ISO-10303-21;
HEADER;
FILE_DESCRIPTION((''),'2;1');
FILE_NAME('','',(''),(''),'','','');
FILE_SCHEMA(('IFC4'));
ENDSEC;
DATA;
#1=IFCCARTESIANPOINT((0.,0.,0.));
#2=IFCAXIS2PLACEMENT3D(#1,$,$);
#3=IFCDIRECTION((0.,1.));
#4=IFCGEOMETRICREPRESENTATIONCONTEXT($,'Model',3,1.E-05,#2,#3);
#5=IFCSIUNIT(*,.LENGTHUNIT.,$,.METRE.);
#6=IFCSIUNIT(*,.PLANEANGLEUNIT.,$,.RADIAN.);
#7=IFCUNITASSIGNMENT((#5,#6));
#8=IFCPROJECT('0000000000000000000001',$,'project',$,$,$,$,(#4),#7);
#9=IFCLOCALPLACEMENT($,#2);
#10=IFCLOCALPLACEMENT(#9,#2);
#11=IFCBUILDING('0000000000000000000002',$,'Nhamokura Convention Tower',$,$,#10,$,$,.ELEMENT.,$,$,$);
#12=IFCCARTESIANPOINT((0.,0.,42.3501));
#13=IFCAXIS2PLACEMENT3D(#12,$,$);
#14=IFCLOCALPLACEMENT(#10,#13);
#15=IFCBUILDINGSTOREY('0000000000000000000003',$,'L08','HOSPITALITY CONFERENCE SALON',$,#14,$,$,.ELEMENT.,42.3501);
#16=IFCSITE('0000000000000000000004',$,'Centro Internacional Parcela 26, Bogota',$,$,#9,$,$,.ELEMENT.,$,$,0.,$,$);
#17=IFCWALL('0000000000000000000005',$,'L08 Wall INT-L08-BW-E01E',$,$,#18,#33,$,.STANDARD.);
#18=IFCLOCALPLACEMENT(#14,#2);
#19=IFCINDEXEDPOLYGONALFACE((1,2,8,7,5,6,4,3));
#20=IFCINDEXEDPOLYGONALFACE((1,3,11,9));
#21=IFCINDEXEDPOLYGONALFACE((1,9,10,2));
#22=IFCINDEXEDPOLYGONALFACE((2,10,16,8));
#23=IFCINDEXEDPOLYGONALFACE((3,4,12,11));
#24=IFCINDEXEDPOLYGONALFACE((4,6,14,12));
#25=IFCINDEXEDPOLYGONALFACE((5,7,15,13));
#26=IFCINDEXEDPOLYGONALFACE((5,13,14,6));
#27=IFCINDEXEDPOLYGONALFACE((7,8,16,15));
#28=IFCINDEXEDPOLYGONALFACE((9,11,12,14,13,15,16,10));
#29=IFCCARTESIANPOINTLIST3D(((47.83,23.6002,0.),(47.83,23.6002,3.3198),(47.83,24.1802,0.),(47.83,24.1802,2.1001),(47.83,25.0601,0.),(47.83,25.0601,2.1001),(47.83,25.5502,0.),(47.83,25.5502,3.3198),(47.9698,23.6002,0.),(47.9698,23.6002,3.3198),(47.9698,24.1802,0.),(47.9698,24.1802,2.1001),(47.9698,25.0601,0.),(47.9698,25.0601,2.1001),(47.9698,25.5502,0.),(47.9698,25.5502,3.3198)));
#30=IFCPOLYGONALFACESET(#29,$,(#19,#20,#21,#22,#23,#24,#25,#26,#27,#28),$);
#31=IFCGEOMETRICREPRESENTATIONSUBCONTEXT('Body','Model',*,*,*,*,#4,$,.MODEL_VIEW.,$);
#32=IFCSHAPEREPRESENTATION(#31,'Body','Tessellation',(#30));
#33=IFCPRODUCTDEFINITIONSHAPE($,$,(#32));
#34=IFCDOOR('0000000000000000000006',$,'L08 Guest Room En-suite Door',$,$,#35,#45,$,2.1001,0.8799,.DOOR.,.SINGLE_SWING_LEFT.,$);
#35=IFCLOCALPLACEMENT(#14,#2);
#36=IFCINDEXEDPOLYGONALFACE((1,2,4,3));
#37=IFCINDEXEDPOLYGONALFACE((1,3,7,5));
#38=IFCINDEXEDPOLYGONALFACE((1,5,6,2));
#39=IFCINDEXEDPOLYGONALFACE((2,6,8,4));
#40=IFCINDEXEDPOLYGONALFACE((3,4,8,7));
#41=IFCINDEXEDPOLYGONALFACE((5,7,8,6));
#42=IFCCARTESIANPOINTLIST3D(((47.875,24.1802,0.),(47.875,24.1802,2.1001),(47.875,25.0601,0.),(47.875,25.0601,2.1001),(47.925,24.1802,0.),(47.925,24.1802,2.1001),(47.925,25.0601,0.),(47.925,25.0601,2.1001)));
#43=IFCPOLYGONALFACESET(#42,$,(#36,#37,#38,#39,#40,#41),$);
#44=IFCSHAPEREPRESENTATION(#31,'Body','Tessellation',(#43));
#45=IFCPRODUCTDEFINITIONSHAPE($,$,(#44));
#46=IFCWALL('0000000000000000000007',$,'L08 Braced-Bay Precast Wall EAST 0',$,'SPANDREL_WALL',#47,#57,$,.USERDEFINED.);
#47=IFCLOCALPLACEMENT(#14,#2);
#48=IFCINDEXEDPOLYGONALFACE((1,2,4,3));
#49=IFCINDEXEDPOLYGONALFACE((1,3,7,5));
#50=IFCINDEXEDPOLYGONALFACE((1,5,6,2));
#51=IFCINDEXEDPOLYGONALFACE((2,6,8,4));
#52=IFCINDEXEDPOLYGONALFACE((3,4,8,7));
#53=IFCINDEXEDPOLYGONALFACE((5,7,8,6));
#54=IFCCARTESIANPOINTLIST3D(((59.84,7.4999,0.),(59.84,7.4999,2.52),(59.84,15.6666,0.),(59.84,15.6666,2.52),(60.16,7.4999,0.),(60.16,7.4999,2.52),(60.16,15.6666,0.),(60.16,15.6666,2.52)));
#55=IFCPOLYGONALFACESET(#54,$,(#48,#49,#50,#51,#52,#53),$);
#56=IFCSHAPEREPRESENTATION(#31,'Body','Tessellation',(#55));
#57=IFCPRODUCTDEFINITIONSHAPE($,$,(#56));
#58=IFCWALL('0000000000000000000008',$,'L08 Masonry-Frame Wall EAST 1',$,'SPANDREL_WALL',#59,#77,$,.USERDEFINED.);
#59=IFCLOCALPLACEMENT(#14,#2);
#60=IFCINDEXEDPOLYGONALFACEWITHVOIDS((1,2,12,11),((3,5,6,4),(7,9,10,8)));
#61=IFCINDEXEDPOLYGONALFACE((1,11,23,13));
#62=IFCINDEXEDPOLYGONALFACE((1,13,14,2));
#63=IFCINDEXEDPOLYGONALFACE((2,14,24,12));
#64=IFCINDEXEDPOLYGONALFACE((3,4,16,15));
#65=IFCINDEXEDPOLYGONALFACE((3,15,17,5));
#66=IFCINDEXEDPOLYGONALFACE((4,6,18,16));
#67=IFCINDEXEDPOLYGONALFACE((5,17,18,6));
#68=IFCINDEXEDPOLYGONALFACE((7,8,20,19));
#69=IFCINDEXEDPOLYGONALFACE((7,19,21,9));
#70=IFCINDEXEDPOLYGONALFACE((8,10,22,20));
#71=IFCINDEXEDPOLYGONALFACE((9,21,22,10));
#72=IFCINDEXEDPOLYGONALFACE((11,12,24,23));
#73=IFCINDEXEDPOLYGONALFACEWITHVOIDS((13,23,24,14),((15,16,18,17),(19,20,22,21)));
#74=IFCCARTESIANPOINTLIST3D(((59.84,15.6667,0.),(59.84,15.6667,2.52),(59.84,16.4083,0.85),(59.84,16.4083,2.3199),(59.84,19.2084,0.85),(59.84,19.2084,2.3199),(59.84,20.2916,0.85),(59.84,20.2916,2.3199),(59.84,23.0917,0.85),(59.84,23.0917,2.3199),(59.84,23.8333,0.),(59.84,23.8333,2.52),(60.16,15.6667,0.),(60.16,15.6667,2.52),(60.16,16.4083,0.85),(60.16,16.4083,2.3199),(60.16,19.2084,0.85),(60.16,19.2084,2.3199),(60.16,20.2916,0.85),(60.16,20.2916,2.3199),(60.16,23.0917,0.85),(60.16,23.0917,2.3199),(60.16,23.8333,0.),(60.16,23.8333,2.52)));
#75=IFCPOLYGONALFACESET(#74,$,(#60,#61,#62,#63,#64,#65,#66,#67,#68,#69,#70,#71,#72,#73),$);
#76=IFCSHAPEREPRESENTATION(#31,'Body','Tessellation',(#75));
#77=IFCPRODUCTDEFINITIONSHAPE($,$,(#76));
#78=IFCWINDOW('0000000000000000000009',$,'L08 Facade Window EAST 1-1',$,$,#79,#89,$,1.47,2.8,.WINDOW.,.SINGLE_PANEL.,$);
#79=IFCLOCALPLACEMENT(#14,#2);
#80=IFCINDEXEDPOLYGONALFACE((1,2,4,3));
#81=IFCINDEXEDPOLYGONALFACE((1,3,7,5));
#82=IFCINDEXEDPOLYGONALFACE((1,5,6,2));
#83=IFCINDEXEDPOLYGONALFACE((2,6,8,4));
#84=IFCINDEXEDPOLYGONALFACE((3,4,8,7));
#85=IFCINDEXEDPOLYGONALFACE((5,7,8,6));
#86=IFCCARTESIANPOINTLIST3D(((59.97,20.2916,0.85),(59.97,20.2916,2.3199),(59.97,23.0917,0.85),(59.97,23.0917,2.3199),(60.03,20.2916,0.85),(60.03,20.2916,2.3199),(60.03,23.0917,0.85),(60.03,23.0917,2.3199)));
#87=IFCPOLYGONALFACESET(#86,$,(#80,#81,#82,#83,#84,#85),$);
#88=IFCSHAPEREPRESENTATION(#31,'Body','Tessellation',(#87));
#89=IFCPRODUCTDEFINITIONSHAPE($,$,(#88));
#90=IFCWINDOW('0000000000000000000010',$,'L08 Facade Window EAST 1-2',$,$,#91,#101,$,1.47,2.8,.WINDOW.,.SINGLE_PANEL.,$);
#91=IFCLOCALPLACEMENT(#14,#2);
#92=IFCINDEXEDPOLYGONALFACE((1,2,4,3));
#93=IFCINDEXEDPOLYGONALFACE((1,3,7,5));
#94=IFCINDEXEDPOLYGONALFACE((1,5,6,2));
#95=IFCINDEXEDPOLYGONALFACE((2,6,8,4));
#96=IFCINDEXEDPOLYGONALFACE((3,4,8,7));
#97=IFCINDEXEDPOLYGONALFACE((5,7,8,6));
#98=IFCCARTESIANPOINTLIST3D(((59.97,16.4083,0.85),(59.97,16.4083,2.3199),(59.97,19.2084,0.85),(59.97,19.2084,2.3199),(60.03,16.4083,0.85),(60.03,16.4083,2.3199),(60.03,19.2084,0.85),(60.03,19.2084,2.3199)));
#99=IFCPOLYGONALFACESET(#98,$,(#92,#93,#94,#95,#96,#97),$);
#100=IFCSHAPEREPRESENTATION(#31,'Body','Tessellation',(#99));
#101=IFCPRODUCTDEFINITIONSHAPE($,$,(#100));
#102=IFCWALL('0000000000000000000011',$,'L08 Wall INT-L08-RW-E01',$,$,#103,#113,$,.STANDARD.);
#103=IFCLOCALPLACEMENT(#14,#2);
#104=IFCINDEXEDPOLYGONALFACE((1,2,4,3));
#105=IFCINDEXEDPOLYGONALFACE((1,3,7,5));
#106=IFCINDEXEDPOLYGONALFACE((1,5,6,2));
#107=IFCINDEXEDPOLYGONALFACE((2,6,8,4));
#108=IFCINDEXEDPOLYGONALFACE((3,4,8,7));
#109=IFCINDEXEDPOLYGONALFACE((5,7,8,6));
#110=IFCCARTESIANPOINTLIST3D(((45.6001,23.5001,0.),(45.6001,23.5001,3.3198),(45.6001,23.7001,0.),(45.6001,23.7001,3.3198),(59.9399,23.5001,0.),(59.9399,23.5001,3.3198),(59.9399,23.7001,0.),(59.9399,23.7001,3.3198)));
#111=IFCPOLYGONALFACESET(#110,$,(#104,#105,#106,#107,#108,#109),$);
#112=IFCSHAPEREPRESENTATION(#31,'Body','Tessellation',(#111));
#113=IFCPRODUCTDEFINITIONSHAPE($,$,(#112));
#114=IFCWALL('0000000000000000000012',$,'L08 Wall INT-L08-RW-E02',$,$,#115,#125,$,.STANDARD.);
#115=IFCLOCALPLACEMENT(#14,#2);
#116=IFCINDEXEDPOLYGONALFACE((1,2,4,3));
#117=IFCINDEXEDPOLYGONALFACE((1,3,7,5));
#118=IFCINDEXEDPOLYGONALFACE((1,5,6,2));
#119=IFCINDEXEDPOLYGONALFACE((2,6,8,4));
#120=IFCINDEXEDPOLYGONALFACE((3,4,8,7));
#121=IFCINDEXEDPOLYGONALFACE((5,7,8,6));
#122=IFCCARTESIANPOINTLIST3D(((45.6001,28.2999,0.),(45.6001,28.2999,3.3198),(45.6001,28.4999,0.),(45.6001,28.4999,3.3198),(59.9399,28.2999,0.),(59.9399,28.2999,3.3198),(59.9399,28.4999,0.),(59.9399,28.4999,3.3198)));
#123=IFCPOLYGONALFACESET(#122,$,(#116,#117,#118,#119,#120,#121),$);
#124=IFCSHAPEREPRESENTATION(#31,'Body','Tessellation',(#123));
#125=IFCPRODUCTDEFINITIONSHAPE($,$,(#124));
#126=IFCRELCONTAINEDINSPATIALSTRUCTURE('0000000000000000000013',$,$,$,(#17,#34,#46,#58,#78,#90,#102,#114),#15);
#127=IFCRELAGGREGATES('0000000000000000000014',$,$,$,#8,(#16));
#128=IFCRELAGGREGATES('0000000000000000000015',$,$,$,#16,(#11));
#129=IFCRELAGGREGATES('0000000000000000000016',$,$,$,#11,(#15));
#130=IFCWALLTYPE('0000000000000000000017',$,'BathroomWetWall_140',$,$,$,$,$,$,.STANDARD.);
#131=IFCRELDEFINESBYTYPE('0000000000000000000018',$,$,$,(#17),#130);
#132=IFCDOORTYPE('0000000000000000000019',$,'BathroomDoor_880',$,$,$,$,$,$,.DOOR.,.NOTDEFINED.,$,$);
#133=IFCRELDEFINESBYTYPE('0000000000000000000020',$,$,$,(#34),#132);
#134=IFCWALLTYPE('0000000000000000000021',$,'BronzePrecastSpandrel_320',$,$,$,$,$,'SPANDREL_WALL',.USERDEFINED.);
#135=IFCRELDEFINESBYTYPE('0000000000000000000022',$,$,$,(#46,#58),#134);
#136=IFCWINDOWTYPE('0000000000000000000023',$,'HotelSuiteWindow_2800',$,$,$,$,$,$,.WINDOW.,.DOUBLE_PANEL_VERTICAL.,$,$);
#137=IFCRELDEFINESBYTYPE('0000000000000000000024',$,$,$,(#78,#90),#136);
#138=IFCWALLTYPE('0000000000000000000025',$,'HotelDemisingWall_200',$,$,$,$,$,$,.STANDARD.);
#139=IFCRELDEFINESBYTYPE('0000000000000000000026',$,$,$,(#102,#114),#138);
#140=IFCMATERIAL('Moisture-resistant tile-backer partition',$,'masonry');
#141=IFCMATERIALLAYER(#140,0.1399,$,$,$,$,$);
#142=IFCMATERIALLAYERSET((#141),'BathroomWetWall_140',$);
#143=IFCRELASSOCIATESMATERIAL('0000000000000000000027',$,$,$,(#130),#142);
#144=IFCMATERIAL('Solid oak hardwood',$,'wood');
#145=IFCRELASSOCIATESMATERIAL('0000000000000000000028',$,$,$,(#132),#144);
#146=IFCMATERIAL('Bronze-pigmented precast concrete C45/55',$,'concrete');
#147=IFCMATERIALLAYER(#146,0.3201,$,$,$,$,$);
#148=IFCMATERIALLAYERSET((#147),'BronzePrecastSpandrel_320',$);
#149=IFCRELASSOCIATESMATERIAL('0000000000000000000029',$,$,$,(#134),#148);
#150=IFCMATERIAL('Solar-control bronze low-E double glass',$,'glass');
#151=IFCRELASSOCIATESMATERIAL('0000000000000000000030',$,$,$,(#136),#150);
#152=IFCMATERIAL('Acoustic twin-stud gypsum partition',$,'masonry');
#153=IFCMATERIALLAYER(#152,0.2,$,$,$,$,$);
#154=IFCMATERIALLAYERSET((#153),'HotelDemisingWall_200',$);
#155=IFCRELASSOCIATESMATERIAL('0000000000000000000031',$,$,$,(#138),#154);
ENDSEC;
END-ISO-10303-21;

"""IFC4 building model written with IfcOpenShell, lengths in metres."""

from ifc_helpers import new_model, si_unit, direction, frame, frame_2d, origin, place, context, subcontext, project, spatial, rectangle, extrude, material, layer, layer_set, type_object, element, fill, save


model = new_model("IFC4")

# Units and contexts
model_context = context("Model", 3, precision=1e-05, world=origin(), true_north=direction((0.0, 1.0)))
body_context = subcontext(model_context, "Body", "Model", "MODEL_VIEW")
ifc_project = project(units=[si_unit("LENGTHUNIT", "METRE"), si_unit("PLANEANGLEUNIT", "RADIAN")], contexts=[model_context])

# Site, building, storey
site_placement = place(None, origin())
site = spatial("IfcSite", under=ifc_project, at=site_placement, Name="Centro Internacional Parcela 26, Bogota", CompositionType="ELEMENT", RefElevation=0.0)
building_placement = place(site_placement, origin())
building = spatial("IfcBuilding", under=site, at=building_placement, Name="Nhamokura Convention Tower", CompositionType="ELEMENT")
storey_placement = place(building_placement, frame((0.0, 0.0, 42.3501)))
storey = spatial("IfcBuildingStorey", under=building, at=storey_placement, Name="L08", Description="HOSPITALITY CONFERENCE SALON", CompositionType="ELEMENT", Elevation=42.3501)

# Shared definitions
ifc_material_1 = material(Name="Moisture-resistant tile-backer partition", Category="masonry")
ifc_layer_1 = layer(ifc_material_1, 0.1399)
ifc_layer_set_1 = layer_set([ifc_layer_1], Name="BathroomWetWall_140")
wall_type_1 = type_object("IfcWallType", Name="BathroomWetWall_140", PredefinedType="STANDARD", material=ifc_layer_set_1)

# Wall, opening, door
wall_1_placement = place(storey_placement, frame((47.8999, 23.6001, 0.0), z_axis=(0.0, 0.0, 1.0), x_axis=(0.0, 1.0, 0.0)))
wall_1 = element("IfcWall", 1, at=wall_1_placement, inside=storey, type_object=wall_type_1, Name="L08 Wall INT-L08-BW-E01E", PredefinedType="STANDARD", context=body_context, shape_type="SweptSolid", body=[
    extrude(rectangle(XDim=1.95, YDim=0.1399, at=frame_2d((0.9751, 0.0))), origin(), (0.0, 0.0, 1.0), 3.3198),
])
opening_1_placement = place(wall_1_placement, frame((0.5801, 0.0, 0.0)))
opening_1 = element("IfcOpeningElement", 2, at=opening_1_placement, cuts=wall_1, PredefinedType="OPENING", context=body_context, shape_type="SweptSolid", body=[
    extrude(rectangle(XDim=0.8799, YDim=2.1001, at=frame_2d((0.4399, 1.05))), frame((0.0, 0.0798, 0.0), z_axis=(0.0, -1.0, 0.0), x_axis=(1.0, 0.0, 0.0)), (0.0, 0.0, 1.0), 0.1599),
])
ifc_material_2 = material(Name="Solid oak hardwood", Category="wood")
door_type_1 = type_object("IfcDoorType", Name="BathroomDoor_880", OperationType="NOTDEFINED", PredefinedType="DOOR", material=ifc_material_2)
door_1_placement = place(opening_1_placement, origin())
door_1 = element("IfcDoor", 3, at=door_1_placement, inside=storey, type_object=door_type_1, Name="L08 Guest Room En-suite Door", OperationType="SINGLE_SWING_LEFT", OverallHeight=2.1001, OverallWidth=0.8799, PredefinedType="DOOR", context=body_context, shape_type="SweptSolid", body=[
    extrude(rectangle(XDim=0.8799, YDim=2.1001, at=frame_2d((0.4399, 1.05))), frame((0.0, 0.0249, 0.0), z_axis=(0.0, -1.0, 0.0), x_axis=(1.0, 0.0, 0.0)), (0.0, 0.0, 1.0), 0.05),
])
fill(opening_1, door_1)

# Wall
ifc_material_3 = material(Name="Bronze-pigmented precast concrete C45/55", Category="concrete")
ifc_layer_2 = layer(ifc_material_3, 0.3201)
ifc_layer_set_2 = layer_set([ifc_layer_2], Name="BronzePrecastSpandrel_320")
wall_type_2 = type_object("IfcWallType", Name="BronzePrecastSpandrel_320", ElementType="SPANDREL_WALL", PredefinedType="USERDEFINED", material=ifc_layer_set_2)
wall_2_placement = place(storey_placement, frame((60.0, 15.6667, 0.0), z_axis=(0.0, 0.0, 1.0), x_axis=(0.0, -1.0, 0.0)))
element("IfcWall", 4, at=wall_2_placement, inside=storey, type_object=wall_type_2, Name="L08 Braced-Bay Precast Wall EAST 0", ObjectType="SPANDREL_WALL", PredefinedType="USERDEFINED", context=body_context, shape_type="SweptSolid", body=[
    extrude(rectangle(XDim=8.1667, YDim=0.3201, at=frame_2d((4.0835, 0.0))), origin(), (0.0, 0.0, 1.0), 2.52),
])

# Wall, openings, windows
wall_3_placement = place(storey_placement, frame((60.0, 23.8333, 0.0), z_axis=(0.0, 0.0, 1.0), x_axis=(0.0, -1.0, 0.0)))
wall_3 = element("IfcWall", 5, at=wall_3_placement, inside=storey, type_object=wall_type_2, Name="L08 Masonry-Frame Wall EAST 1", ObjectType="SPANDREL_WALL", PredefinedType="USERDEFINED", context=body_context, shape_type="SweptSolid", body=[
    extrude(rectangle(XDim=8.1665, YDim=0.3201, at=frame_2d((4.0833, 0.0))), origin(), (0.0, 0.0, 1.0), 2.52),
])
opening_2_placement = place(wall_3_placement, frame((0.7417, 0.0, 0.8501)))
opening_2 = element("IfcOpeningElement", 6, at=opening_2_placement, cuts=wall_3, PredefinedType="OPENING", context=body_context, shape_type="SweptSolid", body=[
    extrude(rectangle(XDim=2.8, YDim=1.47, at=frame_2d((1.3999, 0.7349))), frame((0.0, 0.1699, 0.0), z_axis=(0.0, -1.0, 0.0), x_axis=(1.0, 0.0, 0.0)), (0.0, 0.0, 1.0), 0.3401),
])
opening_3_placement = place(wall_3_placement, frame((4.625, 0.0, 0.8501)))
opening_3 = element("IfcOpeningElement", 7, at=opening_3_placement, cuts=wall_3, PredefinedType="OPENING", context=body_context, shape_type="SweptSolid", body=[
    extrude(rectangle(XDim=2.8, YDim=1.47, at=frame_2d((1.3999, 0.7349))), frame((0.0, 0.1699, 0.0), z_axis=(0.0, -1.0, 0.0), x_axis=(1.0, 0.0, 0.0)), (0.0, 0.0, 1.0), 0.3401),
])
ifc_material_4 = material(Name="Solar-control bronze low-E double glass", Category="glass")
window_type = type_object("IfcWindowType", Name="HotelSuiteWindow_2800", PartitioningType="DOUBLE_PANEL_VERTICAL", PredefinedType="WINDOW", material=ifc_material_4)
window_1_placement = place(opening_2_placement, origin())
window_1 = element("IfcWindow", 8, at=window_1_placement, inside=storey, type_object=window_type, Name="L08 Facade Window EAST 1-1", OverallHeight=1.47, OverallWidth=2.8, PartitioningType="SINGLE_PANEL", PredefinedType="WINDOW", context=body_context, shape_type="SweptSolid", body=[
    extrude(rectangle(XDim=2.8, YDim=1.47, at=frame_2d((1.3999, 0.7349))), frame((0.0, 0.03, 0.0), z_axis=(0.0, -1.0, 0.0), x_axis=(1.0, 0.0, 0.0)), (0.0, 0.0, 1.0), 0.0601),
])
fill(opening_2, window_1)
window_2_placement = place(opening_3_placement, origin())
window_2 = element("IfcWindow", 9, at=window_2_placement, inside=storey, type_object=window_type, Name="L08 Facade Window EAST 1-2", OverallHeight=1.47, OverallWidth=2.8, PartitioningType="SINGLE_PANEL", PredefinedType="WINDOW", context=body_context, shape_type="SweptSolid", body=[
    extrude(rectangle(XDim=2.8, YDim=1.47, at=frame_2d((1.3999, 0.7349))), frame((0.0, 0.03, 0.0), z_axis=(0.0, -1.0, 0.0), x_axis=(1.0, 0.0, 0.0)), (0.0, 0.0, 1.0), 0.0601),
])
fill(opening_3, window_2)

# Walls
ifc_material_5 = material(Name="Acoustic twin-stud gypsum partition", Category="masonry")
ifc_layer_3 = layer(ifc_material_5, 0.2)
ifc_layer_set_3 = layer_set([ifc_layer_3], Name="HotelDemisingWall_200")
wall_type_3 = type_object("IfcWallType", Name="HotelDemisingWall_200", PredefinedType="STANDARD", material=ifc_layer_set_3)
for number, where, z_axis, x_axis, name in (
    (10, (45.6001, 23.6001, 0.0), (0.0, 0.0, 1.0), (1.0, 0.0, 0.0), "L08 Wall INT-L08-RW-E01"),
    (11, (45.6001, 28.3999, 0.0), (0.0, 0.0, 1.0), (1.0, 0.0, 0.0), "L08 Wall INT-L08-RW-E02"),
):
    element("IfcWall", number, at=place(storey_placement, frame(where, z_axis=z_axis, x_axis=x_axis)), inside=storey, type_object=wall_type_3, Name=name, PredefinedType="STANDARD", context=body_context, shape_type="SweptSolid", body=[
        extrude(rectangle(XDim=14.3398, YDim=0.2, at=frame_2d((7.1699, 0.0))), origin(), (0.0, 0.0, 1.0), 3.3198),
    ])

save(model, "model.ifc")
